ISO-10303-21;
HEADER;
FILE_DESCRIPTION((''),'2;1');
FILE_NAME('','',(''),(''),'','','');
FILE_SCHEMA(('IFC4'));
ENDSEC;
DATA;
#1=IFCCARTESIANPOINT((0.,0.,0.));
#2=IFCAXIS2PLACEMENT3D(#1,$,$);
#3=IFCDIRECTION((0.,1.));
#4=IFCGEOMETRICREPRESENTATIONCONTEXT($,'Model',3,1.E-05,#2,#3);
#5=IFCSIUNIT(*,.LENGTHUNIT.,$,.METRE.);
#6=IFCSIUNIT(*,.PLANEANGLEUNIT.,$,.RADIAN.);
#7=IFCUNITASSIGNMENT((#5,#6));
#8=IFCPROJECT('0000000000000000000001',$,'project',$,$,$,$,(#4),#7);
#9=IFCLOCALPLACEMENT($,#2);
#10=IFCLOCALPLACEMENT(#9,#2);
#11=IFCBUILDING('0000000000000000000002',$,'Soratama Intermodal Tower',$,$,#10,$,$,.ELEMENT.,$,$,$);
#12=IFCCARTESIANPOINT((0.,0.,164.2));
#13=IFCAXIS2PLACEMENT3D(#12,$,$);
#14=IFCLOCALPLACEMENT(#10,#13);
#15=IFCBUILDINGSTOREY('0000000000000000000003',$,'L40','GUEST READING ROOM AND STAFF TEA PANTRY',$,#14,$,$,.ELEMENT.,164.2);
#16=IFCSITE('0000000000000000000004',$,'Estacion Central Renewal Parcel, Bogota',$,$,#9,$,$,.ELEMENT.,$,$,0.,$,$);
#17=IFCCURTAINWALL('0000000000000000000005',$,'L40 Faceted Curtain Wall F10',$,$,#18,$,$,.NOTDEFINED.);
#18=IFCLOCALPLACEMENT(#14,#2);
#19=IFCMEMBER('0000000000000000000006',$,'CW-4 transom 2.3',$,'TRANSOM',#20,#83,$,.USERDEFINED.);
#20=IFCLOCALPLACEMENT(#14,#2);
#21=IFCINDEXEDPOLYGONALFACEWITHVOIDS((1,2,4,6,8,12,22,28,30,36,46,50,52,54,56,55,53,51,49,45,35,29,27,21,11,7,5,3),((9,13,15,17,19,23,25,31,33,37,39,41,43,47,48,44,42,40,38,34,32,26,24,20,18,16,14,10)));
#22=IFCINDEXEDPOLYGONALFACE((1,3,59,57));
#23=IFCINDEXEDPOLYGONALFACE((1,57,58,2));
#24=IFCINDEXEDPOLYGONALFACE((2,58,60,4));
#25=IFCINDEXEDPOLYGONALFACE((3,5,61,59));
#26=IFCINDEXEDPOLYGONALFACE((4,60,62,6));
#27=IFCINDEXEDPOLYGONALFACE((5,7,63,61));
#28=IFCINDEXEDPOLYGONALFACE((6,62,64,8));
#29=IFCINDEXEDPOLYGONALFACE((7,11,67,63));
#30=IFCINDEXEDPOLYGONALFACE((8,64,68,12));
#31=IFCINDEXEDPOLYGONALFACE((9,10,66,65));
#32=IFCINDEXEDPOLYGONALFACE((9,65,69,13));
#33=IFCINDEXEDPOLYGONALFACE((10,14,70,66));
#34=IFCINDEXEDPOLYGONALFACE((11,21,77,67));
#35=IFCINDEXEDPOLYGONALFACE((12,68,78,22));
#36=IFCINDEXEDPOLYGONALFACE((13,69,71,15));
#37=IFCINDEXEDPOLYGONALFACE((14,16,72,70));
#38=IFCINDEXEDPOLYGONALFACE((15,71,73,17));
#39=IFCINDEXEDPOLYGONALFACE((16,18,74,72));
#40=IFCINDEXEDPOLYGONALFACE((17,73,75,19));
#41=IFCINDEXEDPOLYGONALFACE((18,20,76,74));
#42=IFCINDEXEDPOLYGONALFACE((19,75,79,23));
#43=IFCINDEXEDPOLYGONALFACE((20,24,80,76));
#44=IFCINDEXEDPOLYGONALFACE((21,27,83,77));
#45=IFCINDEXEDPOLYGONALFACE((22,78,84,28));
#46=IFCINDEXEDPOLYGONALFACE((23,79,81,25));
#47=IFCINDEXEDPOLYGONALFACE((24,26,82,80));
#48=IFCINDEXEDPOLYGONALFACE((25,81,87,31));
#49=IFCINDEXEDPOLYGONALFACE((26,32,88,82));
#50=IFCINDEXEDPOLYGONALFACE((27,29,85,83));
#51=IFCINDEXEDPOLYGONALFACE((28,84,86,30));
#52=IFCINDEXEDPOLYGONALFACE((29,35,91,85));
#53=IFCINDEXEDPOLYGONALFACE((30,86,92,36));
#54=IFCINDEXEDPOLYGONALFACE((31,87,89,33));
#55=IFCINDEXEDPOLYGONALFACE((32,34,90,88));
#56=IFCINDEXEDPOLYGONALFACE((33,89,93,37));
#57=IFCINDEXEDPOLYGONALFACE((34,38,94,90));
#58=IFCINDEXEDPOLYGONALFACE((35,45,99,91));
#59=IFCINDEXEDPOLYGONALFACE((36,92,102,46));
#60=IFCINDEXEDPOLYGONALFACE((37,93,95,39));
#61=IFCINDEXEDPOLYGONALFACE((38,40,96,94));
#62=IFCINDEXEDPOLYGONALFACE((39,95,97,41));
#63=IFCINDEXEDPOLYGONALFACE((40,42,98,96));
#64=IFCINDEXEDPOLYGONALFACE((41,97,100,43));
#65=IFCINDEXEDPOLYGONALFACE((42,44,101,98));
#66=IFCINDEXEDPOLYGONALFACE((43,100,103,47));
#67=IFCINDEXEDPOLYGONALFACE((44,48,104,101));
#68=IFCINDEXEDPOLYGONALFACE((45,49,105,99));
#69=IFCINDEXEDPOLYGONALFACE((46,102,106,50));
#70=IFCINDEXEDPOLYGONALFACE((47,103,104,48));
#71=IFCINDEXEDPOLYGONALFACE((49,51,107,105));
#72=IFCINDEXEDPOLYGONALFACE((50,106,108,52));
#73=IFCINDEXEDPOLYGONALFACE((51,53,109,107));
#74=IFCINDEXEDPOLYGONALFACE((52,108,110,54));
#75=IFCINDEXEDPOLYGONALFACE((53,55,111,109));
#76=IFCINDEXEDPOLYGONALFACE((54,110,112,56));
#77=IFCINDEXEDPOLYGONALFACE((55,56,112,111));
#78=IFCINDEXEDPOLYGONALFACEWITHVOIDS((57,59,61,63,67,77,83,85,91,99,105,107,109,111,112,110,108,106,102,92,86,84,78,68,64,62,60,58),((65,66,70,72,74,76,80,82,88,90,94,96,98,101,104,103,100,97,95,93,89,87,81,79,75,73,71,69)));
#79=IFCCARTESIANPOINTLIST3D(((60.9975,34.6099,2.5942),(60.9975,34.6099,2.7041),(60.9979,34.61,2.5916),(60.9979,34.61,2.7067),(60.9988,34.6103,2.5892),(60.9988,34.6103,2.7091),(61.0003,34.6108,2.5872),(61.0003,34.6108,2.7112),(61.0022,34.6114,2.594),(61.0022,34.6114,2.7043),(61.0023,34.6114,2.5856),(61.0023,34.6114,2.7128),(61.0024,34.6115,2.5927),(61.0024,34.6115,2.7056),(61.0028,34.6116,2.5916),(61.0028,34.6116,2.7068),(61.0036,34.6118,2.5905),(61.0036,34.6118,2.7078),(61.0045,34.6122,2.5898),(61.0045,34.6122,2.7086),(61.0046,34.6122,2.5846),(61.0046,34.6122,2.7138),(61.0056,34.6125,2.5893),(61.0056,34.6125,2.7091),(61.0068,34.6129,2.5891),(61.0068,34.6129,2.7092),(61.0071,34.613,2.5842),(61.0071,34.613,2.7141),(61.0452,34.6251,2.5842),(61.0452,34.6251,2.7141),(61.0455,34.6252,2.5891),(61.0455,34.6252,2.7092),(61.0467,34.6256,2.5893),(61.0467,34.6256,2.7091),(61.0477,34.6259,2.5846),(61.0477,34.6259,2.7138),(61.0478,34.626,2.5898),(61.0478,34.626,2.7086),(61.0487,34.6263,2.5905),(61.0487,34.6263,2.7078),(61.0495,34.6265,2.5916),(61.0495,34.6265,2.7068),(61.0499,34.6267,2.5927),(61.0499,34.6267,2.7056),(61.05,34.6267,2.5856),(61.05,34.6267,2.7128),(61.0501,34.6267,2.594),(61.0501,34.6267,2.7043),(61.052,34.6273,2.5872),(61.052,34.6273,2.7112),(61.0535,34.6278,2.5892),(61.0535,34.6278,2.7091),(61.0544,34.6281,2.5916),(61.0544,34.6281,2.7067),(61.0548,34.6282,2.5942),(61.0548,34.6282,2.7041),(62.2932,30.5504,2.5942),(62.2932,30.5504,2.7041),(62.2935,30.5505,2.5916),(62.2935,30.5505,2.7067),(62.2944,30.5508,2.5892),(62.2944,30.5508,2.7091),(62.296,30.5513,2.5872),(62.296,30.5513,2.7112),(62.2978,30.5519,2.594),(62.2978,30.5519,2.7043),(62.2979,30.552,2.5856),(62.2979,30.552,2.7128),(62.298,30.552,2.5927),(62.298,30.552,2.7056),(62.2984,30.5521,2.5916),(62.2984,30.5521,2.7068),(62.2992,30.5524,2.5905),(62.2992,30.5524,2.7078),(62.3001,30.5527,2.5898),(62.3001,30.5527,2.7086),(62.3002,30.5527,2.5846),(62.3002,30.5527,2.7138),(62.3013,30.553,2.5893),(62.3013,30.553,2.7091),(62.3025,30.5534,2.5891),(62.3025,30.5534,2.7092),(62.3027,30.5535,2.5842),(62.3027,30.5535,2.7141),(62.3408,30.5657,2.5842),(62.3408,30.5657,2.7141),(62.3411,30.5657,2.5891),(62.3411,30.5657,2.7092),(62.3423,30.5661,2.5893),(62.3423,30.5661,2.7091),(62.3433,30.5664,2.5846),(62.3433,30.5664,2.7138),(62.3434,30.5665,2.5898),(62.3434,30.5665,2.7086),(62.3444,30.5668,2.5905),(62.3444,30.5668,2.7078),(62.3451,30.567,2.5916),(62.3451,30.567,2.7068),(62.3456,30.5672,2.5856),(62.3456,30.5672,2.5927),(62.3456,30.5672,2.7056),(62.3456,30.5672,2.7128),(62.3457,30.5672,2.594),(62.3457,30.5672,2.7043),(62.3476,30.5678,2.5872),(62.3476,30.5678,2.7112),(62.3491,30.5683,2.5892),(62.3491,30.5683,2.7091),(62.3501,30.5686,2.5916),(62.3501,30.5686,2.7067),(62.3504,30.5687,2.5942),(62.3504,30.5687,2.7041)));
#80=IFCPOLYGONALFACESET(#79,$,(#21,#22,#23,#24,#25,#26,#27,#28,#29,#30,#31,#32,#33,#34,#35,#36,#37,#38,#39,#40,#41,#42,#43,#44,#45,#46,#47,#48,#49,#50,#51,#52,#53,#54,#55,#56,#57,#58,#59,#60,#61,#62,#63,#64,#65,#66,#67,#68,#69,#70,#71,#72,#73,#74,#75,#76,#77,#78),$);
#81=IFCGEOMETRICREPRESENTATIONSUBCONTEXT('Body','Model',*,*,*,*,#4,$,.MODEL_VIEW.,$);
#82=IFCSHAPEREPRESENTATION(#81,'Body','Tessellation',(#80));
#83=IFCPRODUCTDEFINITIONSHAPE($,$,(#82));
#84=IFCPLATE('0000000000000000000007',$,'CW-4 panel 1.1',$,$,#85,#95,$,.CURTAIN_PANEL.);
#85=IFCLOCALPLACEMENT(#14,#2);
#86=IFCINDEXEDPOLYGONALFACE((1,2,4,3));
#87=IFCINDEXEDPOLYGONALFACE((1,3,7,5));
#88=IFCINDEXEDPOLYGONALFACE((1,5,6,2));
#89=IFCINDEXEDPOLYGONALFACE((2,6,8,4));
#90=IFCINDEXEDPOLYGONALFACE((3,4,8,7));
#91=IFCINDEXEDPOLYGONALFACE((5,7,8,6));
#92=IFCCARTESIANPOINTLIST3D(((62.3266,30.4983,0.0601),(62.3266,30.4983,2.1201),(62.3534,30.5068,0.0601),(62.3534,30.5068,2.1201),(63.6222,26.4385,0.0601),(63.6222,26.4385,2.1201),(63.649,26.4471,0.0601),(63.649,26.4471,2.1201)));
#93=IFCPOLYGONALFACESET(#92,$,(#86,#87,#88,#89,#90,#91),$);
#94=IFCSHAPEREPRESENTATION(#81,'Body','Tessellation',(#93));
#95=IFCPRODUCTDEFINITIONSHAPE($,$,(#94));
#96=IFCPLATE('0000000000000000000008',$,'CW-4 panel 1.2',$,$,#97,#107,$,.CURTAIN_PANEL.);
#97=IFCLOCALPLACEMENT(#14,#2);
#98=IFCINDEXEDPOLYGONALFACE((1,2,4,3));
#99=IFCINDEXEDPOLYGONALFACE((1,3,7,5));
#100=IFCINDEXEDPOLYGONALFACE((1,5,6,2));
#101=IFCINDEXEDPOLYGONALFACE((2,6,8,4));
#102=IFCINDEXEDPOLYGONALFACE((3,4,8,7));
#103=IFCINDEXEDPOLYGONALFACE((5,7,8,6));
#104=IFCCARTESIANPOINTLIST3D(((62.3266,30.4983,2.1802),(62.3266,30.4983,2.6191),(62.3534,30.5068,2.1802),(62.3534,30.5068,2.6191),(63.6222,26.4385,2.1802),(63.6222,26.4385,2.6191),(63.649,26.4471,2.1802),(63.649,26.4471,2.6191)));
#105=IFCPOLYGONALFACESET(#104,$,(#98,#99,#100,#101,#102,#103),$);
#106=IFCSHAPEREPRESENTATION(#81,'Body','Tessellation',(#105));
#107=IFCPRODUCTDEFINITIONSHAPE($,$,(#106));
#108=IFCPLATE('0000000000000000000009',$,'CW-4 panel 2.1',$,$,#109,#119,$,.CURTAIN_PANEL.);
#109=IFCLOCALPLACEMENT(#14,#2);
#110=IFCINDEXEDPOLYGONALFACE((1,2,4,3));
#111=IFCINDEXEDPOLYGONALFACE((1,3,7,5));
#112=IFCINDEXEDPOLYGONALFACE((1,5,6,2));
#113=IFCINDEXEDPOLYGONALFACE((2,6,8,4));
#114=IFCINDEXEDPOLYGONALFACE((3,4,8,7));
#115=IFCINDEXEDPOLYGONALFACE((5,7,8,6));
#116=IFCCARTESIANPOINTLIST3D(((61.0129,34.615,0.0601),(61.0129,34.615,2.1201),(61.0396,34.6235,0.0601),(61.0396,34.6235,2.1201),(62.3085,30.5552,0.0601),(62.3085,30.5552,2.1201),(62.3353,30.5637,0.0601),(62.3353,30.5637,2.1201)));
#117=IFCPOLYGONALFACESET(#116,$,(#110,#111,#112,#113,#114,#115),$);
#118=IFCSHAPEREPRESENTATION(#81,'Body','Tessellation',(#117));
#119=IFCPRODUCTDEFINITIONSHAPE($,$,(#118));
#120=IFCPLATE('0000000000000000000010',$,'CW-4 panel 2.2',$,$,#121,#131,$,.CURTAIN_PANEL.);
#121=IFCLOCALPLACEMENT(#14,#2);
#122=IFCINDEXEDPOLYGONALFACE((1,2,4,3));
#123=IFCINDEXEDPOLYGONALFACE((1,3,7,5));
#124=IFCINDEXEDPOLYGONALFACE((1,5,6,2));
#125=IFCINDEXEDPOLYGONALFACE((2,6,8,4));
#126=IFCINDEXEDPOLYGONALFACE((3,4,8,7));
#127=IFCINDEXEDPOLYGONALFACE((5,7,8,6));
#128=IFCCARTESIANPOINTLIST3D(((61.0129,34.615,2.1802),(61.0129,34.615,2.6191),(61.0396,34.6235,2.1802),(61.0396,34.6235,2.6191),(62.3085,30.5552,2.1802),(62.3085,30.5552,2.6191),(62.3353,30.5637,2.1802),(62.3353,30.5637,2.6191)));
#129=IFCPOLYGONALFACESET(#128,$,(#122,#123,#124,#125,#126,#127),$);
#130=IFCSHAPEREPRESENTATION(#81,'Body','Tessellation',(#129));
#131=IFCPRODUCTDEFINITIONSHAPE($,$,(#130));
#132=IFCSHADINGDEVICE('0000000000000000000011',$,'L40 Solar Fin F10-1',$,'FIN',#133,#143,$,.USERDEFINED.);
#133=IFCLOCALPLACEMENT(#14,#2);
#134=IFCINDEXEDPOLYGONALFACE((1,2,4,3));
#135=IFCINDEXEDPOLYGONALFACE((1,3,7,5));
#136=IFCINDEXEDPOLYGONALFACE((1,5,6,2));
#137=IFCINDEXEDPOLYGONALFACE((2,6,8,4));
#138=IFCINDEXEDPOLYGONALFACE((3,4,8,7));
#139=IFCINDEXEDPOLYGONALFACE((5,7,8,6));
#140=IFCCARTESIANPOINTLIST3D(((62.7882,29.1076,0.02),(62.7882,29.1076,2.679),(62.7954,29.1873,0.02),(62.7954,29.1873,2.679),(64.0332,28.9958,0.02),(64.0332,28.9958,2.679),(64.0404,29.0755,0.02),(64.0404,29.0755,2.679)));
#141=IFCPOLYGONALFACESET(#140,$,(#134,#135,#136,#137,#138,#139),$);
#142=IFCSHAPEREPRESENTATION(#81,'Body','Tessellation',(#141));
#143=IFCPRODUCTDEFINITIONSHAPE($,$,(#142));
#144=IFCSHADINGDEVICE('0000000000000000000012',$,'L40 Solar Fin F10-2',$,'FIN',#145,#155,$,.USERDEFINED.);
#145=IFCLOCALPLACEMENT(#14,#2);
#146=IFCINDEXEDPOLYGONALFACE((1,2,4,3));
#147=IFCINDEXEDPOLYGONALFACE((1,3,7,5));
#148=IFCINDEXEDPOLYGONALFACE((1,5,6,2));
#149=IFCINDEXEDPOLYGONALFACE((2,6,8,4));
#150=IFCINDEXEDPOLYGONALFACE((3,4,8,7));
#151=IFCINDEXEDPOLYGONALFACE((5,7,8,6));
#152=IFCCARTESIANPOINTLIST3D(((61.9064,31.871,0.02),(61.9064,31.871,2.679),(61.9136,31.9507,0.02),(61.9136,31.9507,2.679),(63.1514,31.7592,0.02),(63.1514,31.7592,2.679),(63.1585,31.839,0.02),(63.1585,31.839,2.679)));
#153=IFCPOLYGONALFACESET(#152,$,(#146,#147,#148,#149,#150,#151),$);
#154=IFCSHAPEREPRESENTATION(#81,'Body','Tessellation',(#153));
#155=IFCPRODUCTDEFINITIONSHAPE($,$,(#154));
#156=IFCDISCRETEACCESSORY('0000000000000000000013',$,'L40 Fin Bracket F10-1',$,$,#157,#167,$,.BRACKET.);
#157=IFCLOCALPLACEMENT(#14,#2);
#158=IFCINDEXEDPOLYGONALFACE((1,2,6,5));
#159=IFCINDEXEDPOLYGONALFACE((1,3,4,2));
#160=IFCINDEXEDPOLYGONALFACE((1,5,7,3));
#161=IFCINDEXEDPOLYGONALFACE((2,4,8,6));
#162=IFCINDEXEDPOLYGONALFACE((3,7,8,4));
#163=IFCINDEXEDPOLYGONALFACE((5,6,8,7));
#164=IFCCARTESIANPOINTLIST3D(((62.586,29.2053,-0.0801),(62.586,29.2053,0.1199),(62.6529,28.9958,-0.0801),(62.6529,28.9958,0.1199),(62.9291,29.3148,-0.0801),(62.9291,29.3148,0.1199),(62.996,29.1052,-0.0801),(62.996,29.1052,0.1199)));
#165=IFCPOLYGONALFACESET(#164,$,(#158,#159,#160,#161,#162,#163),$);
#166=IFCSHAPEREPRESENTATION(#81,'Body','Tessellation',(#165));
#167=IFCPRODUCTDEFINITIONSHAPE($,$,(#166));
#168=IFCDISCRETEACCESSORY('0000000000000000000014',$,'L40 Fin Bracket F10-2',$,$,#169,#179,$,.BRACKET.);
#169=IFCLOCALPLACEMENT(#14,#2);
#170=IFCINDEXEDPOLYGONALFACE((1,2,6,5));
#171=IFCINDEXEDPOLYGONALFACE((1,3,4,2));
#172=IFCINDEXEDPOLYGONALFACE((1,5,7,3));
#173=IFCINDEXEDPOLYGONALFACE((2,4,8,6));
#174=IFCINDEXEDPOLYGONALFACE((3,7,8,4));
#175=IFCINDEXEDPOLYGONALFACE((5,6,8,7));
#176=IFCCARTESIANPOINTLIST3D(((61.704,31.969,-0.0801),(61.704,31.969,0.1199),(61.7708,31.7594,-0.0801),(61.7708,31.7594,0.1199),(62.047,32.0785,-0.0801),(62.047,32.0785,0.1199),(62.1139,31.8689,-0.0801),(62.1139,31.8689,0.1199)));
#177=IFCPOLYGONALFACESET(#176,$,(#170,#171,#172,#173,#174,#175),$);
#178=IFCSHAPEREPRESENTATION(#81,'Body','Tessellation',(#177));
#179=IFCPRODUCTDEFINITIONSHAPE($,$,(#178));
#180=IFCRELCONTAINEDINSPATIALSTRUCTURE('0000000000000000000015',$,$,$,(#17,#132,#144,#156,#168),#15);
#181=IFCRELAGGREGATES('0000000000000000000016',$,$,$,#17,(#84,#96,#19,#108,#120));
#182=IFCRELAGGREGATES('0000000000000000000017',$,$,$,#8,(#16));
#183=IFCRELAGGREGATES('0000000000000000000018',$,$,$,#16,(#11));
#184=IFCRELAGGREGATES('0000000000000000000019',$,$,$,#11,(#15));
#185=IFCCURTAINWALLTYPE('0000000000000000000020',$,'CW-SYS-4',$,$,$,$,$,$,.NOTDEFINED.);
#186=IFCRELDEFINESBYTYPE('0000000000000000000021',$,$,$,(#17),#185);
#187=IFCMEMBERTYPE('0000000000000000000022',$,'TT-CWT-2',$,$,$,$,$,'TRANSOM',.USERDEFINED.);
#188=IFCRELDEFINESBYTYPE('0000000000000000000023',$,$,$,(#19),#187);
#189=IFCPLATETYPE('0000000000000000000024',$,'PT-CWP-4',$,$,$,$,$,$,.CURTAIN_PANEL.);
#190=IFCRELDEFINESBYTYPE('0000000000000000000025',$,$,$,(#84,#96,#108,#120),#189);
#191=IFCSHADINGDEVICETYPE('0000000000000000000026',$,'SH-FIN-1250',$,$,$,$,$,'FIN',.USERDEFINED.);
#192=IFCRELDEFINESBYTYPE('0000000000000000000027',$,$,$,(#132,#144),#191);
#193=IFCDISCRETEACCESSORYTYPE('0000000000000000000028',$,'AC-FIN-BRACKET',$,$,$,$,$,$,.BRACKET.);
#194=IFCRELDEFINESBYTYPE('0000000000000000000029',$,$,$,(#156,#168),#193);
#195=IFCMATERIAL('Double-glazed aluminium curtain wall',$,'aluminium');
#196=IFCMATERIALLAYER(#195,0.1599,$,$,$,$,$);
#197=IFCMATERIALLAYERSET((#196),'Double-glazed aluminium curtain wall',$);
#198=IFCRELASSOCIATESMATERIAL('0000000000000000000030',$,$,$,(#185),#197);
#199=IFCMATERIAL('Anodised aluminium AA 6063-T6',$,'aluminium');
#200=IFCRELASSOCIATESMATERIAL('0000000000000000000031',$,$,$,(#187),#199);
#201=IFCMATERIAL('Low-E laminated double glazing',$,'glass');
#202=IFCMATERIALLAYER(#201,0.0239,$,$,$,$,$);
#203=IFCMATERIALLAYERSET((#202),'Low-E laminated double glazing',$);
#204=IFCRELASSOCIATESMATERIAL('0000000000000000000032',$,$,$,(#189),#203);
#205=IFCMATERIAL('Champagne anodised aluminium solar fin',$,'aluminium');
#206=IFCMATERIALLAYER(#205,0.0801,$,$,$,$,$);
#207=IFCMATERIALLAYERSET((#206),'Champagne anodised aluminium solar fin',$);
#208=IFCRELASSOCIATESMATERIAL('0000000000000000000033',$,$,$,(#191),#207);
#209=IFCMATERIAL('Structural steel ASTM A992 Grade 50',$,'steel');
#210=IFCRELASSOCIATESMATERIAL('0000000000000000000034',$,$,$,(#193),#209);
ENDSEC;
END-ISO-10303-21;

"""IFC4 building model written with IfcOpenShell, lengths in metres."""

from ifc_helpers import new_model, si_unit, direction, frame, origin, origin_2d, place, context, subcontext, project, spatial, rectangle, hollow_rectangle, extrude, material, layer, layer_set, material_profile, profile_set, type_object, element, aggregate, save


model = new_model("IFC4")

# Units and contexts
model_context = context("Model", 3, precision=1e-05, world=origin(), true_north=direction((0.0, 1.0)))
body_context = subcontext(model_context, "Body", "Model", "MODEL_VIEW")
ifc_project = project(units=[si_unit("LENGTHUNIT", "METRE"), si_unit("PLANEANGLEUNIT", "RADIAN")], contexts=[model_context])

# Site, building, storey
site_placement = place(None, origin())
site = spatial("IfcSite", under=ifc_project, at=site_placement, Name="Estacion Central Renewal Parcel, Bogota", CompositionType="ELEMENT", RefElevation=0.0)
building_placement = place(site_placement, origin())
building = spatial("IfcBuilding", under=site, at=building_placement, Name="Soratama Intermodal Tower", CompositionType="ELEMENT")
storey_placement = place(building_placement, frame((0.0, 0.0, 164.2)))
storey = spatial("IfcBuildingStorey", under=building, at=storey_placement, Name="L40", Description="GUEST READING ROOM AND STAFF TEA PANTRY", CompositionType="ELEMENT", Elevation=164.2)

# Curtain wall, member, plates
ifc_material_1 = material(Name="Double-glazed aluminium curtain wall", Category="aluminium")
ifc_layer_1 = layer(ifc_material_1, 0.1599)
ifc_layer_set_1 = layer_set([ifc_layer_1], Name="Double-glazed aluminium curtain wall")
curtain_wall_type = type_object("IfcCurtainWallType", Name="CW-SYS-4", PredefinedType="NOTDEFINED", material=ifc_layer_set_1)
curtain_wall_placement = place(storey_placement, origin())
curtain_wall = element("IfcCurtainWall", 1, at=curtain_wall_placement, inside=storey, type_object=curtain_wall_type, Name="L40 Faceted Curtain Wall F10", PredefinedType="NOTDEFINED")
ifc_material_2 = material(Name="Anodised aluminium AA 6063-T6", Category="aluminium")
ifc_material_profile_1 = material_profile(ifc_material_2, hollow_rectangle(XDim=0.0601, YDim=0.1299, WallThickness=0.0049, InnerFilletRadius=0.0049, OuterFilletRadius=0.01, at=origin_2d()), Name="CWT130X60X5")
ifc_profile_set_1 = profile_set([ifc_material_profile_1], Name="Anodised aluminium AA 6063-T6")
member_type_1 = type_object("IfcMemberType", Name="TT-CWT-2", ElementType="TRANSOM", PredefinedType="USERDEFINED", material=ifc_profile_set_1)
member_1_placement = place(storey_placement, frame((62.3218, 30.5596, 2.6492), z_axis=(-0.30405, 0.952656, 0.0), x_axis=(-0.952656, -0.30405, 0.0)))
member_1 = element("IfcMember", 2, at=member_1_placement, type_object=member_type_1, Name="CW-4 transom 2.3", ObjectType="TRANSOM", PredefinedType="USERDEFINED", context=body_context, shape_type="SweptSolid", body=[
    extrude(hollow_rectangle(XDim=0.0601, YDim=0.1299, WallThickness=0.0049, InnerFilletRadius=0.0049, OuterFilletRadius=0.01, at=origin_2d()), origin(), (0.0, 0.0, 1.0), 4.2612),
])
ifc_material_3 = material(Name="Low-E laminated double glazing", Category="glass")
ifc_layer_2 = layer(ifc_material_3, 0.0239)
ifc_layer_set_2 = layer_set([ifc_layer_2], Name="Low-E laminated double glazing")
plate_type = type_object("IfcPlateType", Name="PT-CWP-4", PredefinedType="CURTAIN_PANEL", material=ifc_layer_set_2)
plate_1_placement = place(storey_placement, frame((62.9878, 28.4727, 0.0601), z_axis=(0.0, 0.0, 1.0), x_axis=(-0.30403, 0.952663, 0.0)))
plate_1 = element("IfcPlate", 3, at=plate_1_placement, type_object=plate_type, Name="CW-4 panel 1.1", PredefinedType="CURTAIN_PANEL", context=body_context, shape_type="SweptSolid", body=[
    extrude(rectangle(XDim=4.2615, YDim=0.0281, at=origin_2d()), origin(), (0.0, 0.0, 1.0), 2.0601),
])
plate_2_placement = place(storey_placement, frame((62.9878, 28.4727, 2.1802), z_axis=(0.0, 0.0, 1.0), x_axis=(-0.30403, 0.952663, 0.0)))
plate_2 = element("IfcPlate", 4, at=plate_2_placement, type_object=plate_type, Name="CW-4 panel 1.2", PredefinedType="CURTAIN_PANEL", context=body_context, shape_type="SweptSolid", body=[
    extrude(rectangle(XDim=4.2615, YDim=0.0281, at=origin_2d()), origin(), (0.0, 0.0, 1.0), 0.439),
])
plate_3_placement = place(storey_placement, frame((61.6741, 32.5894, 0.0601), z_axis=(0.0, 0.0, 1.0), x_axis=(-0.30403, 0.952663, 0.0)))
plate_3 = element("IfcPlate", 5, at=plate_3_placement, type_object=plate_type, Name="CW-4 panel 2.1", PredefinedType="CURTAIN_PANEL", context=body_context, shape_type="SweptSolid", body=[
    extrude(rectangle(XDim=4.2615, YDim=0.0281, at=origin_2d()), origin(), (0.0, 0.0, 1.0), 2.0601),
])
plate_4_placement = place(storey_placement, frame((61.6741, 32.5894, 2.1802), z_axis=(0.0, 0.0, 1.0), x_axis=(-0.30403, 0.952663, 0.0)))
plate_4 = element("IfcPlate", 6, at=plate_4_placement, type_object=plate_type, Name="CW-4 panel 2.2", PredefinedType="CURTAIN_PANEL", context=body_context, shape_type="SweptSolid", body=[
    extrude(rectangle(XDim=4.2615, YDim=0.0281, at=origin_2d()), origin(), (0.0, 0.0, 1.0), 0.439),
])
aggregate(curtain_wall, [plate_1, plate_2, member_1, plate_3, plate_4])

# Shading devices
ifc_material_4 = material(Name="Champagne anodised aluminium solar fin", Category="aluminium")
ifc_layer_3 = layer(ifc_material_4, 0.0801)
ifc_layer_set_3 = layer_set([ifc_layer_3], Name="Champagne anodised aluminium solar fin")
shading_device_type = type_object("IfcShadingDeviceType", Name="SH-FIN-1250", ElementType="FIN", PredefinedType="USERDEFINED", material=ifc_layer_set_3)
for number, where, z_axis, x_axis, name in (
    (7, (63.4143, 29.0916, 0.02), (0.0, 0.0, 1.0), (0.995994, -0.089416, 0.0), "L40 Solar Fin F10-1"),
    (8, (62.5325, 31.855, 0.02), (0.0, 0.0, 1.0), (0.995994, -0.089416, 0.0), "L40 Solar Fin F10-2"),
):
    element("IfcShadingDevice", number, at=place(storey_placement, frame(where, z_axis=z_axis, x_axis=x_axis)), inside=storey, type_object=shading_device_type, Name=name, ObjectType="FIN", PredefinedType="USERDEFINED", context=body_context, shape_type="SweptSolid", body=[
        extrude(rectangle(XDim=1.25, YDim=0.0801, at=origin_2d()), origin(), (0.0, 0.0, 1.0), 2.6589),
    ])

# Discrete accessories
ifc_material_5 = material(Name="Structural steel ASTM A992 Grade 50", Category="steel")
discrete_accessory_type = type_object("IfcDiscreteAccessoryType", Name="AC-FIN-BRACKET", PredefinedType="BRACKET", material=ifc_material_5)
for number, where, z_axis, x_axis, name in (
    (9, (62.791, 29.1553, -0.0801), (0.0, 0.0, 1.0), (0.952661, 0.304033, 0.0), "L40 Fin Bracket F10-1"),
    (10, (61.9089, 31.9189, -0.0801), (0.0, 0.0, 1.0), (0.952661, 0.304033, 0.0), "L40 Fin Bracket F10-2"),
):
    element("IfcDiscreteAccessory", number, at=place(storey_placement, frame(where, z_axis=z_axis, x_axis=x_axis)), inside=storey, type_object=discrete_accessory_type, Name=name, PredefinedType="BRACKET", context=body_context, shape_type="SweptSolid", body=[
        extrude(rectangle(XDim=0.3601, YDim=0.22, at=origin_2d()), origin(), (0.0, 0.0, 1.0), 0.2),
    ])

save(model, "model.ifc")
